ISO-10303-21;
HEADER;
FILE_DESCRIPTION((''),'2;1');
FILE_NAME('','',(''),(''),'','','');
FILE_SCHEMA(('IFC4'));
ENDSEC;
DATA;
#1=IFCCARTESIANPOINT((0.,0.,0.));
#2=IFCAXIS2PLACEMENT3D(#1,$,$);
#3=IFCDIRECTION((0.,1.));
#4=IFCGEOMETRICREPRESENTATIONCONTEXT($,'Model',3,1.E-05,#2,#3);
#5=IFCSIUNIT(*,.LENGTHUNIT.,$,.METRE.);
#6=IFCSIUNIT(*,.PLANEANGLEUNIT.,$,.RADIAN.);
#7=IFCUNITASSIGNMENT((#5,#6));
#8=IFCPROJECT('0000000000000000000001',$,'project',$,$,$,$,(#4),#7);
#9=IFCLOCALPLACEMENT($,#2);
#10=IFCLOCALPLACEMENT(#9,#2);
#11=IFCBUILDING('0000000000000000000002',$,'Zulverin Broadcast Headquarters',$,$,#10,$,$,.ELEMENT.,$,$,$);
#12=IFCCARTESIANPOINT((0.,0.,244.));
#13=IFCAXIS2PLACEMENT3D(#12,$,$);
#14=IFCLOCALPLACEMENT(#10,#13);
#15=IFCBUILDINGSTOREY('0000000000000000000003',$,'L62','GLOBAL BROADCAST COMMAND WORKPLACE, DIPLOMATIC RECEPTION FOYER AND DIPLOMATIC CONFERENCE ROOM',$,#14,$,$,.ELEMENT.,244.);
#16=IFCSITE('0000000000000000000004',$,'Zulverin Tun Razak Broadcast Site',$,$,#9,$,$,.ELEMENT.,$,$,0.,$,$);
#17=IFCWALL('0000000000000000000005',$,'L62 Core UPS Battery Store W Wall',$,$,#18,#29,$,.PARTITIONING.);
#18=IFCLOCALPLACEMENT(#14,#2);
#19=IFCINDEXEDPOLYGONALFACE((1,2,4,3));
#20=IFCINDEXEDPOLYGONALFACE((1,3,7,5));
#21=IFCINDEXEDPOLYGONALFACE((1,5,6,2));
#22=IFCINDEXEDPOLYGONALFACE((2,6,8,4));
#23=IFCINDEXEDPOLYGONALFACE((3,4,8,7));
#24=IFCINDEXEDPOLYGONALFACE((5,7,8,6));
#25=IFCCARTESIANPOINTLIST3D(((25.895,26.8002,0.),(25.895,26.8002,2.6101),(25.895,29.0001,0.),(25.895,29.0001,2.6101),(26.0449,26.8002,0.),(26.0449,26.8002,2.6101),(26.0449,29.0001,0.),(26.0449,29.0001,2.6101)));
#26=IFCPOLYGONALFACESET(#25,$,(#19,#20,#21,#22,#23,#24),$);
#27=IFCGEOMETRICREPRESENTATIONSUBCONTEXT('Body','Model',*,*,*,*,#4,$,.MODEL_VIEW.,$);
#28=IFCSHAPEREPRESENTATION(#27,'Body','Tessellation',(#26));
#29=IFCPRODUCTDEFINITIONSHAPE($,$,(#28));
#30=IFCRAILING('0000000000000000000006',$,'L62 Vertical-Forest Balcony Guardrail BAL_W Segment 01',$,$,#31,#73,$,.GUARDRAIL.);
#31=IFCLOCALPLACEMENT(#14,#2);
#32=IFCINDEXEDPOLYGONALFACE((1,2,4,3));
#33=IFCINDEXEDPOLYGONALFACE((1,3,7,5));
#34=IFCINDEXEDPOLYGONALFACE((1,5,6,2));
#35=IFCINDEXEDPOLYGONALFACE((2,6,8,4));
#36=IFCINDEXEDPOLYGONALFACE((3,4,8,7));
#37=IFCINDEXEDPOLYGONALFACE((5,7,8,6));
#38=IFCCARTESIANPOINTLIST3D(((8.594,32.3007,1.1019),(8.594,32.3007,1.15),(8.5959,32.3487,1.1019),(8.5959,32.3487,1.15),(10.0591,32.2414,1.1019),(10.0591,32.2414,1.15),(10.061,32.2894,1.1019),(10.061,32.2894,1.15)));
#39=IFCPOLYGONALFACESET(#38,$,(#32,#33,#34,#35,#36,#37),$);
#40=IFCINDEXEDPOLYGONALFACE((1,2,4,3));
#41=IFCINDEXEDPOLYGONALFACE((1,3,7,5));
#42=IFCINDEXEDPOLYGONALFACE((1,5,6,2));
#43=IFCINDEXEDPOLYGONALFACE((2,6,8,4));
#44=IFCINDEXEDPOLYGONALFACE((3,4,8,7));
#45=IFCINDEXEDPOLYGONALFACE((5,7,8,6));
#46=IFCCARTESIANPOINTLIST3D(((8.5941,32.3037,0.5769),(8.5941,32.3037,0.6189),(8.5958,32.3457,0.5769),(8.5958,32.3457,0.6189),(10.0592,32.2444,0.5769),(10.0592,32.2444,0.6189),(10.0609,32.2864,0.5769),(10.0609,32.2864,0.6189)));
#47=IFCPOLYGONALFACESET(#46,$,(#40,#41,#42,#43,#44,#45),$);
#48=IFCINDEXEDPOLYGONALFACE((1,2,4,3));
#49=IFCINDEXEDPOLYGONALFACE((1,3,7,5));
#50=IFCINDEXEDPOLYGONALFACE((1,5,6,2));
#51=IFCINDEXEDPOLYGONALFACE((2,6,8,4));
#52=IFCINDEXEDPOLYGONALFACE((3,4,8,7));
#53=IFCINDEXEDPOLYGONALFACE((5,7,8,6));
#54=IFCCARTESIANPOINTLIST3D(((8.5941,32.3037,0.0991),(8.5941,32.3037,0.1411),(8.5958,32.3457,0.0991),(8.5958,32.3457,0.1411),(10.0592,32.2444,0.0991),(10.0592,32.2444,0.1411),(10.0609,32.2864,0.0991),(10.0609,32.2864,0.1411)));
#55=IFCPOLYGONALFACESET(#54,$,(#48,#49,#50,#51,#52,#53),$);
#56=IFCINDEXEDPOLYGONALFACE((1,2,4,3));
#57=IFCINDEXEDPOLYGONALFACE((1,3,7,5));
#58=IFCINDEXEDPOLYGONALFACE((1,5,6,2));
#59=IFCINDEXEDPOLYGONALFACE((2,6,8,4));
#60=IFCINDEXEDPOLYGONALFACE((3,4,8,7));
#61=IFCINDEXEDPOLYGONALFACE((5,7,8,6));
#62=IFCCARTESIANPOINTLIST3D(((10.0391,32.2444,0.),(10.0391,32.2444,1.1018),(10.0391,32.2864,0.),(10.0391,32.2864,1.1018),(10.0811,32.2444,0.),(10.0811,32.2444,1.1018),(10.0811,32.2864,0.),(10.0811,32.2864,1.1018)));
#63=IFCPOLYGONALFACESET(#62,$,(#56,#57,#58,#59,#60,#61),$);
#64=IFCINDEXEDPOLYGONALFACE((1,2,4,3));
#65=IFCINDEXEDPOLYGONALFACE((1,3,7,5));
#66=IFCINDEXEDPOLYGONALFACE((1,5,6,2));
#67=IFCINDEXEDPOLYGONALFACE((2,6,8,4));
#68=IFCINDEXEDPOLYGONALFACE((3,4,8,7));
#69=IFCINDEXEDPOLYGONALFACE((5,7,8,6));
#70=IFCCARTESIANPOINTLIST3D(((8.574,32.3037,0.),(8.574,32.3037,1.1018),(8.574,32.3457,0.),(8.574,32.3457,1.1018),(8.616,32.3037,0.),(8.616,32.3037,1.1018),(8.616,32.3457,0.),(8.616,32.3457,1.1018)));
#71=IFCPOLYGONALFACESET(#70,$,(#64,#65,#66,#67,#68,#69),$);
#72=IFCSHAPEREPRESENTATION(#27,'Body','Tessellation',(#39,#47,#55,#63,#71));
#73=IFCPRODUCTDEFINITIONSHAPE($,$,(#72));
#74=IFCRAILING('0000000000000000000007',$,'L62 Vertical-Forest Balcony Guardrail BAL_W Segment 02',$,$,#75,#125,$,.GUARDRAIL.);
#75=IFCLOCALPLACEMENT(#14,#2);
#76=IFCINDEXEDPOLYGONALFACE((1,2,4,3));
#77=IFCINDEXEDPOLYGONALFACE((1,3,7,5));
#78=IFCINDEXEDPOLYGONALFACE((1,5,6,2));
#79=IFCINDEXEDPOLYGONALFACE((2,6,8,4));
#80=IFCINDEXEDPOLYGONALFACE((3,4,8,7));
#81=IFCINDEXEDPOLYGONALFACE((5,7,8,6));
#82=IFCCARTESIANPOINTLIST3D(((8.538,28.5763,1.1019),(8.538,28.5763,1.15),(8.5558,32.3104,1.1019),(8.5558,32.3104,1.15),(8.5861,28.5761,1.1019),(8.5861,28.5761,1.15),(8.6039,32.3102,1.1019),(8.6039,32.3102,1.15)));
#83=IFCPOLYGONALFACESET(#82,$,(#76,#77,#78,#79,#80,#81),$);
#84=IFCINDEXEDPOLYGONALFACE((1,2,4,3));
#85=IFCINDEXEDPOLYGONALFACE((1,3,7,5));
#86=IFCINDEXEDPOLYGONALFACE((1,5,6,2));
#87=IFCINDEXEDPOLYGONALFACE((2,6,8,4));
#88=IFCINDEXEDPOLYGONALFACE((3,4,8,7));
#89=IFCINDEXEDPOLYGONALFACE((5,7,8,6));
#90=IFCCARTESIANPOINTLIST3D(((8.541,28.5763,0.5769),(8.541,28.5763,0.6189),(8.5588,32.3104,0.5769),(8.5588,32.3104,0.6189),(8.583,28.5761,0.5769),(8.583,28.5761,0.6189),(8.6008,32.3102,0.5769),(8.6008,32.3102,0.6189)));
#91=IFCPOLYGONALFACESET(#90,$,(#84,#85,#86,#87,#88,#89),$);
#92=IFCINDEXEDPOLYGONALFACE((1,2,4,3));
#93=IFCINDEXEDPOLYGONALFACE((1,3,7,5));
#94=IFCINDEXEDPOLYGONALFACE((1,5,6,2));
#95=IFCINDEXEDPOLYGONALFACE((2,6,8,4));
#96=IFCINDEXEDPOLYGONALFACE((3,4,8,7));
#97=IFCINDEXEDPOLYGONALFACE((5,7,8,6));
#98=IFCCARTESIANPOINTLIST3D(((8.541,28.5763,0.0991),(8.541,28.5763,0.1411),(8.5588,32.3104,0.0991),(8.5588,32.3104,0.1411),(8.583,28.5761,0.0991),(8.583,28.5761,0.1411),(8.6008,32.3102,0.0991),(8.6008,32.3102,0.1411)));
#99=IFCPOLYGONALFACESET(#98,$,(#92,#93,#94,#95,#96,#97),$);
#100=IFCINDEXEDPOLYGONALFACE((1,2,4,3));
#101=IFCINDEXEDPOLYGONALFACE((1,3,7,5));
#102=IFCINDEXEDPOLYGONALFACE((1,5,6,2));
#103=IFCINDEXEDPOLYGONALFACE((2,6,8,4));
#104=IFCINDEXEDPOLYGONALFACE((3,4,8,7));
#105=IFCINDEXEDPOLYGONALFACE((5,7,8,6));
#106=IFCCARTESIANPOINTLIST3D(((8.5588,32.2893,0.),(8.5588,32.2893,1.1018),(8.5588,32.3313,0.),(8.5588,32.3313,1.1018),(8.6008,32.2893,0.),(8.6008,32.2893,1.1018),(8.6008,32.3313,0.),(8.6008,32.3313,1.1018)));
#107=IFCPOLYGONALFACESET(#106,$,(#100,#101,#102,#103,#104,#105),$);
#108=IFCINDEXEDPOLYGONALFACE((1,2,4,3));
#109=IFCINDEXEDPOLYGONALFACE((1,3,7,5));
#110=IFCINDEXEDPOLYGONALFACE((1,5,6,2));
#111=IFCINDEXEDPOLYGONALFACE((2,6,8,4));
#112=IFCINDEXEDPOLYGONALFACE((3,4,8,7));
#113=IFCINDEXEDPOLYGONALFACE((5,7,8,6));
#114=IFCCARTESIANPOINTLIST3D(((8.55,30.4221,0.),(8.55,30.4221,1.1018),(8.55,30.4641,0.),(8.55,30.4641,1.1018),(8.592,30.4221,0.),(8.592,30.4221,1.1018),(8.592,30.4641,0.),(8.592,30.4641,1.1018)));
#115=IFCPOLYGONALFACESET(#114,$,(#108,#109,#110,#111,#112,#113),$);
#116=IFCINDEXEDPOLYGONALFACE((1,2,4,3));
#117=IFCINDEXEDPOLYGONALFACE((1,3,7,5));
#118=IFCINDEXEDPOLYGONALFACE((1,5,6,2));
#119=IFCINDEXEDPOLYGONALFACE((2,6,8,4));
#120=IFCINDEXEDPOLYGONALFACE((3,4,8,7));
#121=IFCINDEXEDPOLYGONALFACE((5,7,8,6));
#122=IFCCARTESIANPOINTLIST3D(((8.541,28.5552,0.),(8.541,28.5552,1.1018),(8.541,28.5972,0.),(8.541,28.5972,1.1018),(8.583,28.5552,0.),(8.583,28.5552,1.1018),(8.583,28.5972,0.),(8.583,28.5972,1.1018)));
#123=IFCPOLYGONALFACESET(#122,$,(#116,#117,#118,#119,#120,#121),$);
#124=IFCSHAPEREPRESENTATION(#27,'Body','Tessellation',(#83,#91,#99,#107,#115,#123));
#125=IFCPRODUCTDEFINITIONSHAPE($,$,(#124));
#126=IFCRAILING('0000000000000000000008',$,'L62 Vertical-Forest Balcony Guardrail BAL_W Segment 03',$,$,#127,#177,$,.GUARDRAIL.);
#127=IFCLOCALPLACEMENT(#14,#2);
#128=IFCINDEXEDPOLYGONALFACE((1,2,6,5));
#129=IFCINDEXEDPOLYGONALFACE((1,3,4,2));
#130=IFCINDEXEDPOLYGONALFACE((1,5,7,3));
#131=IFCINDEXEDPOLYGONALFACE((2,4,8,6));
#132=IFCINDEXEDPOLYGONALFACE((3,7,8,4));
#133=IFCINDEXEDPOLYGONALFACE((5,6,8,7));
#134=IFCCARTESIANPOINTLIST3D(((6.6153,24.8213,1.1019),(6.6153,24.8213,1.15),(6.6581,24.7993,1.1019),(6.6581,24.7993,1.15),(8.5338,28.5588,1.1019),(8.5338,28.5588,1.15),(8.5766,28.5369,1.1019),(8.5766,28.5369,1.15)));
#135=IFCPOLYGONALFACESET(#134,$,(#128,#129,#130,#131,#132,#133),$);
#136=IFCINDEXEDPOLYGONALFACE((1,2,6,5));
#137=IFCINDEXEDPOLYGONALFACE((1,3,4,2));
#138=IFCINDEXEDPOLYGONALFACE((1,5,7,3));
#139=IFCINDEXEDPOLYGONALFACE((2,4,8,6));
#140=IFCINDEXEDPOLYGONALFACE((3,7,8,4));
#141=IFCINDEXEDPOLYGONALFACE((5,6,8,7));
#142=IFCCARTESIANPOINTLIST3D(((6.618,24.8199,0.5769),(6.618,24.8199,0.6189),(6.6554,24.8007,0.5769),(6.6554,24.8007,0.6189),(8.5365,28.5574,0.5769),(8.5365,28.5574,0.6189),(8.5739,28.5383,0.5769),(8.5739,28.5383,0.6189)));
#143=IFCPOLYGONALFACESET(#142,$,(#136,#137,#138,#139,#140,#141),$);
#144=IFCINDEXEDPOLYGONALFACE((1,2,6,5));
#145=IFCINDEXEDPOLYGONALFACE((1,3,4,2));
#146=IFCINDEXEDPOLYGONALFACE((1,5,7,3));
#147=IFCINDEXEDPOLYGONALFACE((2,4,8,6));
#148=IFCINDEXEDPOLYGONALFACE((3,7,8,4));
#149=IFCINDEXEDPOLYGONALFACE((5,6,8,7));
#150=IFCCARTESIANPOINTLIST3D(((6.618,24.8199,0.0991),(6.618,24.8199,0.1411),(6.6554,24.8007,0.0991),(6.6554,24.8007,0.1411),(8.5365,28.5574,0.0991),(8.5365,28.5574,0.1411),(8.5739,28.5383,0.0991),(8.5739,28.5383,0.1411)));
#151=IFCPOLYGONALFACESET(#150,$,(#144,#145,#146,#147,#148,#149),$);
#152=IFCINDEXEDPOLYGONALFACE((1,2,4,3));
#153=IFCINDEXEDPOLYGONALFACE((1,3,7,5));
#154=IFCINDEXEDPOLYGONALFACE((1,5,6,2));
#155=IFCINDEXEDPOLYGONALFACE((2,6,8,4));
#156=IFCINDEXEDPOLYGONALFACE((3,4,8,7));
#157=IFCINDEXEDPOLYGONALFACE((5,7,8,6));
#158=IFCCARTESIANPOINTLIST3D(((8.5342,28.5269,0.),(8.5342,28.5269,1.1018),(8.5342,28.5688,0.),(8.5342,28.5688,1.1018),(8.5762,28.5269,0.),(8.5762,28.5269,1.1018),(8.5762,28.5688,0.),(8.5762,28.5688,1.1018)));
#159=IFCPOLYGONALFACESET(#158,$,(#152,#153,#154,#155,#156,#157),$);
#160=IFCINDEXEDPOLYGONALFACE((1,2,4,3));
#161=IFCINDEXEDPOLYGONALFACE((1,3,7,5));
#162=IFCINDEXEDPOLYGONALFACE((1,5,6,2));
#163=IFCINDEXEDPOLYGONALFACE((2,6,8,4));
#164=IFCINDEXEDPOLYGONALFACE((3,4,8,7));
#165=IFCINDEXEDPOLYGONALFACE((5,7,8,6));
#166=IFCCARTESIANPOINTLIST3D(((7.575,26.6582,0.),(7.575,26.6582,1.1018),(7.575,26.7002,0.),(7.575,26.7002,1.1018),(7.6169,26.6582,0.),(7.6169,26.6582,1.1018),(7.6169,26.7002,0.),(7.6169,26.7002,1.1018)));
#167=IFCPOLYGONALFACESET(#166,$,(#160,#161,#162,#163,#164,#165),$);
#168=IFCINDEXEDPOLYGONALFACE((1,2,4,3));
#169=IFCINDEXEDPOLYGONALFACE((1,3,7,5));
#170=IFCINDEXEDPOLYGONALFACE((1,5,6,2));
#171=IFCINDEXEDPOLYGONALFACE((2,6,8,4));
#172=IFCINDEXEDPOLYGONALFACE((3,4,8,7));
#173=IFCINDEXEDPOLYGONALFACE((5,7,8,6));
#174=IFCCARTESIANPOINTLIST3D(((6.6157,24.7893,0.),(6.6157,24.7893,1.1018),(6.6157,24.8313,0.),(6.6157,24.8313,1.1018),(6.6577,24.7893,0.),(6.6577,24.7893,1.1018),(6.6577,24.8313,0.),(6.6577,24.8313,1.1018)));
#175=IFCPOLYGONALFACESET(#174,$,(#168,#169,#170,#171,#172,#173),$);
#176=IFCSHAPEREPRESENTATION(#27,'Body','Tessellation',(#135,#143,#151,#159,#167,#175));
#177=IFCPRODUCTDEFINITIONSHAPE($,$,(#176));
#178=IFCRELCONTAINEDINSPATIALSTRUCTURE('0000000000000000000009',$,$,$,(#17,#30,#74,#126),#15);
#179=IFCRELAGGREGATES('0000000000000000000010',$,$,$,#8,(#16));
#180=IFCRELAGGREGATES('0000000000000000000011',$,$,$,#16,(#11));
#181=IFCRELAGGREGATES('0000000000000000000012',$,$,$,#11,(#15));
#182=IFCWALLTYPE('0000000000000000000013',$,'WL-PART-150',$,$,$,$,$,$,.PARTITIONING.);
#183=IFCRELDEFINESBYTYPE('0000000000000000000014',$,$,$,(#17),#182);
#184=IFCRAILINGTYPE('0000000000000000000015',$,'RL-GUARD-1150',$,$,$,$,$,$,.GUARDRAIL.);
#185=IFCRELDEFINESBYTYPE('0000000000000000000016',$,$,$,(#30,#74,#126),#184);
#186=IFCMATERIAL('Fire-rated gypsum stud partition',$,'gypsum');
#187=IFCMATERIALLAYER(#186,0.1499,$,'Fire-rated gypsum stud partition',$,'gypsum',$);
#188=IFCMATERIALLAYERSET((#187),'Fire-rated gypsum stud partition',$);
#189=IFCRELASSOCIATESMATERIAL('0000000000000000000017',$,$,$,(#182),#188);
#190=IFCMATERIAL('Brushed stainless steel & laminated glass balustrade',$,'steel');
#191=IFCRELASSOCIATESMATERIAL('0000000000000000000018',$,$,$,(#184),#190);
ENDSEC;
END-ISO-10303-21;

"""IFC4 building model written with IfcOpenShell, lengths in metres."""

from ifc_helpers import new_model, si_unit, direction, frame, frame_2d, origin, origin_2d, place, context, subcontext, project, spatial, rectangle, extrude, material, layer, layer_set, type_object, element, save


model = new_model("IFC4")

# Units and contexts
model_context = context("Model", 3, precision=1e-05, world=origin(), true_north=direction((0.0, 1.0)))
body_context = subcontext(model_context, "Body", "Model", "MODEL_VIEW")
ifc_project = project(units=[si_unit("LENGTHUNIT", "METRE"), si_unit("PLANEANGLEUNIT", "RADIAN")], contexts=[model_context])

# Site, building, storey
site_placement = place(None, origin())
site = spatial("IfcSite", under=ifc_project, at=site_placement, Name="Zulverin Tun Razak Broadcast Site", CompositionType="ELEMENT", RefElevation=0.0)
building_placement = place(site_placement, origin())
building = spatial("IfcBuilding", under=site, at=building_placement, Name="Zulverin Broadcast Headquarters", CompositionType="ELEMENT")
storey_placement = place(building_placement, frame((0.0, 0.0, 244.0)))
storey = spatial("IfcBuildingStorey", under=building, at=storey_placement, Name="L62", Description="GLOBAL BROADCAST COMMAND WORKPLACE, DIPLOMATIC RECEPTION FOYER AND DIPLOMATIC CONFERENCE ROOM", CompositionType="ELEMENT", Elevation=244.0)

# Shared definitions
ifc_material_1 = material(Name="Fire-rated gypsum stud partition", Category="gypsum")
ifc_layer_1 = layer(ifc_material_1, 0.1499, Name="Fire-rated gypsum stud partition", Category="gypsum")
ifc_layer_set_1 = layer_set([ifc_layer_1], Name="Fire-rated gypsum stud partition")
wall_type = type_object("IfcWallType", Name="WL-PART-150", PredefinedType="PARTITIONING", material=ifc_layer_set_1)

# Wall
wall_1_placement = place(storey_placement, frame((25.97, 26.8, 0.0), z_axis=(0.0, 0.0, 1.0), x_axis=(0.0, 1.0, 0.0)))
element("IfcWall", 1, at=wall_1_placement, inside=storey, type_object=wall_type, Name="L62 Core UPS Battery Store W Wall", PredefinedType="PARTITIONING", context=body_context, shape_type="SweptSolid", body=[
    extrude(rectangle(XDim=2.2, YDim=0.1499, at=frame_2d((1.1001, 0.0))), origin(), (0.0, 0.0, 1.0), 2.6101),
])

# Railings
ifc_material_2 = material(Name="Brushed stainless steel & laminated glass balustrade", Category="steel")
railing_type = type_object("IfcRailingType", Name="RL-GUARD-1150", PredefinedType="GUARDRAIL", material=ifc_material_2)
railing_1_placement = place(storey_placement, frame((10.0601, 32.2654, 0.0)))
element("IfcRailing", 2, at=railing_1_placement, inside=storey, type_object=railing_type, Name="L62 Vertical-Forest Balcony Guardrail BAL_W Segment 01", PredefinedType="GUARDRAIL", context=body_context, shape_type="SweptSolid", body=[
    extrude(rectangle(XDim=0.0481, YDim=0.0481, at=origin_2d()), frame((0.0, 0.0, 1.126), z_axis=(-0.999181, 0.04046, 0.0), x_axis=(-0.04046, -0.999181, 0.0)), (0.0, 0.0, 1.0), 1.4663),
    extrude(rectangle(XDim=0.042, YDim=0.042, at=origin_2d()), frame((0.0, 0.0, 0.5979), z_axis=(-0.999181, 0.04046, 0.0), x_axis=(-0.04046, -0.999181, 0.0)), (0.0, 0.0, 1.0), 1.4663),
    extrude(rectangle(XDim=0.042, YDim=0.042, at=origin_2d()), frame((0.0, 0.0, 0.1201), z_axis=(-0.999181, 0.04046, 0.0), x_axis=(-0.04046, -0.999181, 0.0)), (0.0, 0.0, 1.0), 1.4663),
    extrude(rectangle(XDim=0.042, YDim=0.042, at=origin_2d()), origin(), (0.0, 0.0, 1.0), 1.1018),
    extrude(rectangle(XDim=0.042, YDim=0.042, at=origin_2d()), frame((-1.4651, 0.0593, 0.0)), (0.0, 0.0, 1.0), 1.1018),
])
railing_2_placement = place(storey_placement, frame((8.5798, 32.3103, 0.0)))
element("IfcRailing", 3, at=railing_2_placement, inside=storey, type_object=railing_type, Name="L62 Vertical-Forest Balcony Guardrail BAL_W Segment 02", PredefinedType="GUARDRAIL", context=body_context, shape_type="SweptSolid", body=[
    extrude(rectangle(XDim=0.0481, YDim=0.0481, at=origin_2d()), frame((0.0, 0.0, 1.126), z_axis=(-0.004773, -0.999989, 0.0), x_axis=(0.999989, -0.004773, 0.0)), (0.0, 0.0, 1.0), 3.7341),
    extrude(rectangle(XDim=0.042, YDim=0.042, at=origin_2d()), frame((0.0, 0.0, 0.5979), z_axis=(-0.004773, -0.999989, 0.0), x_axis=(0.999989, -0.004773, 0.0)), (0.0, 0.0, 1.0), 3.7341),
    extrude(rectangle(XDim=0.042, YDim=0.042, at=origin_2d()), frame((0.0, 0.0, 0.1201), z_axis=(-0.004773, -0.999989, 0.0), x_axis=(0.999989, -0.004773, 0.0)), (0.0, 0.0, 1.0), 3.7341),
    extrude(rectangle(XDim=0.042, YDim=0.042, at=origin_2d()), origin(), (0.0, 0.0, 1.0), 1.1018),
    extrude(rectangle(XDim=0.042, YDim=0.042, at=origin_2d()), frame((-0.0088, -1.8672, 0.0)), (0.0, 0.0, 1.0), 1.1018),
    extrude(rectangle(XDim=0.042, YDim=0.042, at=origin_2d()), frame((-0.0178, -3.7341, 0.0)), (0.0, 0.0, 1.0), 1.1018),
])
railing_3_placement = place(storey_placement, frame((8.5552, 28.5479, 0.0)))
element("IfcRailing", 4, at=railing_3_placement, inside=storey, type_object=railing_type, Name="L62 Vertical-Forest Balcony Guardrail BAL_W Segment 03", PredefinedType="GUARDRAIL", context=body_context, shape_type="SweptSolid", body=[
    extrude(rectangle(XDim=0.0481, YDim=0.0481, at=origin_2d()), frame((0.0, 0.0, 1.126), z_axis=(-0.456649, -0.889647, 0.0), x_axis=(0.889647, -0.456649, 0.0)), (0.0, 0.0, 1.0), 4.2012),
    extrude(rectangle(XDim=0.042, YDim=0.042, at=origin_2d()), frame((0.0, 0.0, 0.5979), z_axis=(-0.456649, -0.889647, 0.0), x_axis=(0.889647, -0.456649, 0.0)), (0.0, 0.0, 1.0), 4.2012),
    extrude(rectangle(XDim=0.042, YDim=0.042, at=origin_2d()), frame((0.0, 0.0, 0.1201), z_axis=(-0.456649, -0.889647, 0.0), x_axis=(0.889647, -0.456649, 0.0)), (0.0, 0.0, 1.0), 4.2012),
    extrude(rectangle(XDim=0.042, YDim=0.042, at=origin_2d()), origin(), (0.0, 0.0, 1.0), 1.1018),
    extrude(rectangle(XDim=0.042, YDim=0.042, at=origin_2d()), frame((-0.9592, -1.8687, 0.0)), (0.0, 0.0, 1.0), 1.1018),
    extrude(rectangle(XDim=0.042, YDim=0.042, at=origin_2d()), frame((-1.9185, -3.7375, 0.0)), (0.0, 0.0, 1.0), 1.1018),
])

save(model, "model.ifc")
